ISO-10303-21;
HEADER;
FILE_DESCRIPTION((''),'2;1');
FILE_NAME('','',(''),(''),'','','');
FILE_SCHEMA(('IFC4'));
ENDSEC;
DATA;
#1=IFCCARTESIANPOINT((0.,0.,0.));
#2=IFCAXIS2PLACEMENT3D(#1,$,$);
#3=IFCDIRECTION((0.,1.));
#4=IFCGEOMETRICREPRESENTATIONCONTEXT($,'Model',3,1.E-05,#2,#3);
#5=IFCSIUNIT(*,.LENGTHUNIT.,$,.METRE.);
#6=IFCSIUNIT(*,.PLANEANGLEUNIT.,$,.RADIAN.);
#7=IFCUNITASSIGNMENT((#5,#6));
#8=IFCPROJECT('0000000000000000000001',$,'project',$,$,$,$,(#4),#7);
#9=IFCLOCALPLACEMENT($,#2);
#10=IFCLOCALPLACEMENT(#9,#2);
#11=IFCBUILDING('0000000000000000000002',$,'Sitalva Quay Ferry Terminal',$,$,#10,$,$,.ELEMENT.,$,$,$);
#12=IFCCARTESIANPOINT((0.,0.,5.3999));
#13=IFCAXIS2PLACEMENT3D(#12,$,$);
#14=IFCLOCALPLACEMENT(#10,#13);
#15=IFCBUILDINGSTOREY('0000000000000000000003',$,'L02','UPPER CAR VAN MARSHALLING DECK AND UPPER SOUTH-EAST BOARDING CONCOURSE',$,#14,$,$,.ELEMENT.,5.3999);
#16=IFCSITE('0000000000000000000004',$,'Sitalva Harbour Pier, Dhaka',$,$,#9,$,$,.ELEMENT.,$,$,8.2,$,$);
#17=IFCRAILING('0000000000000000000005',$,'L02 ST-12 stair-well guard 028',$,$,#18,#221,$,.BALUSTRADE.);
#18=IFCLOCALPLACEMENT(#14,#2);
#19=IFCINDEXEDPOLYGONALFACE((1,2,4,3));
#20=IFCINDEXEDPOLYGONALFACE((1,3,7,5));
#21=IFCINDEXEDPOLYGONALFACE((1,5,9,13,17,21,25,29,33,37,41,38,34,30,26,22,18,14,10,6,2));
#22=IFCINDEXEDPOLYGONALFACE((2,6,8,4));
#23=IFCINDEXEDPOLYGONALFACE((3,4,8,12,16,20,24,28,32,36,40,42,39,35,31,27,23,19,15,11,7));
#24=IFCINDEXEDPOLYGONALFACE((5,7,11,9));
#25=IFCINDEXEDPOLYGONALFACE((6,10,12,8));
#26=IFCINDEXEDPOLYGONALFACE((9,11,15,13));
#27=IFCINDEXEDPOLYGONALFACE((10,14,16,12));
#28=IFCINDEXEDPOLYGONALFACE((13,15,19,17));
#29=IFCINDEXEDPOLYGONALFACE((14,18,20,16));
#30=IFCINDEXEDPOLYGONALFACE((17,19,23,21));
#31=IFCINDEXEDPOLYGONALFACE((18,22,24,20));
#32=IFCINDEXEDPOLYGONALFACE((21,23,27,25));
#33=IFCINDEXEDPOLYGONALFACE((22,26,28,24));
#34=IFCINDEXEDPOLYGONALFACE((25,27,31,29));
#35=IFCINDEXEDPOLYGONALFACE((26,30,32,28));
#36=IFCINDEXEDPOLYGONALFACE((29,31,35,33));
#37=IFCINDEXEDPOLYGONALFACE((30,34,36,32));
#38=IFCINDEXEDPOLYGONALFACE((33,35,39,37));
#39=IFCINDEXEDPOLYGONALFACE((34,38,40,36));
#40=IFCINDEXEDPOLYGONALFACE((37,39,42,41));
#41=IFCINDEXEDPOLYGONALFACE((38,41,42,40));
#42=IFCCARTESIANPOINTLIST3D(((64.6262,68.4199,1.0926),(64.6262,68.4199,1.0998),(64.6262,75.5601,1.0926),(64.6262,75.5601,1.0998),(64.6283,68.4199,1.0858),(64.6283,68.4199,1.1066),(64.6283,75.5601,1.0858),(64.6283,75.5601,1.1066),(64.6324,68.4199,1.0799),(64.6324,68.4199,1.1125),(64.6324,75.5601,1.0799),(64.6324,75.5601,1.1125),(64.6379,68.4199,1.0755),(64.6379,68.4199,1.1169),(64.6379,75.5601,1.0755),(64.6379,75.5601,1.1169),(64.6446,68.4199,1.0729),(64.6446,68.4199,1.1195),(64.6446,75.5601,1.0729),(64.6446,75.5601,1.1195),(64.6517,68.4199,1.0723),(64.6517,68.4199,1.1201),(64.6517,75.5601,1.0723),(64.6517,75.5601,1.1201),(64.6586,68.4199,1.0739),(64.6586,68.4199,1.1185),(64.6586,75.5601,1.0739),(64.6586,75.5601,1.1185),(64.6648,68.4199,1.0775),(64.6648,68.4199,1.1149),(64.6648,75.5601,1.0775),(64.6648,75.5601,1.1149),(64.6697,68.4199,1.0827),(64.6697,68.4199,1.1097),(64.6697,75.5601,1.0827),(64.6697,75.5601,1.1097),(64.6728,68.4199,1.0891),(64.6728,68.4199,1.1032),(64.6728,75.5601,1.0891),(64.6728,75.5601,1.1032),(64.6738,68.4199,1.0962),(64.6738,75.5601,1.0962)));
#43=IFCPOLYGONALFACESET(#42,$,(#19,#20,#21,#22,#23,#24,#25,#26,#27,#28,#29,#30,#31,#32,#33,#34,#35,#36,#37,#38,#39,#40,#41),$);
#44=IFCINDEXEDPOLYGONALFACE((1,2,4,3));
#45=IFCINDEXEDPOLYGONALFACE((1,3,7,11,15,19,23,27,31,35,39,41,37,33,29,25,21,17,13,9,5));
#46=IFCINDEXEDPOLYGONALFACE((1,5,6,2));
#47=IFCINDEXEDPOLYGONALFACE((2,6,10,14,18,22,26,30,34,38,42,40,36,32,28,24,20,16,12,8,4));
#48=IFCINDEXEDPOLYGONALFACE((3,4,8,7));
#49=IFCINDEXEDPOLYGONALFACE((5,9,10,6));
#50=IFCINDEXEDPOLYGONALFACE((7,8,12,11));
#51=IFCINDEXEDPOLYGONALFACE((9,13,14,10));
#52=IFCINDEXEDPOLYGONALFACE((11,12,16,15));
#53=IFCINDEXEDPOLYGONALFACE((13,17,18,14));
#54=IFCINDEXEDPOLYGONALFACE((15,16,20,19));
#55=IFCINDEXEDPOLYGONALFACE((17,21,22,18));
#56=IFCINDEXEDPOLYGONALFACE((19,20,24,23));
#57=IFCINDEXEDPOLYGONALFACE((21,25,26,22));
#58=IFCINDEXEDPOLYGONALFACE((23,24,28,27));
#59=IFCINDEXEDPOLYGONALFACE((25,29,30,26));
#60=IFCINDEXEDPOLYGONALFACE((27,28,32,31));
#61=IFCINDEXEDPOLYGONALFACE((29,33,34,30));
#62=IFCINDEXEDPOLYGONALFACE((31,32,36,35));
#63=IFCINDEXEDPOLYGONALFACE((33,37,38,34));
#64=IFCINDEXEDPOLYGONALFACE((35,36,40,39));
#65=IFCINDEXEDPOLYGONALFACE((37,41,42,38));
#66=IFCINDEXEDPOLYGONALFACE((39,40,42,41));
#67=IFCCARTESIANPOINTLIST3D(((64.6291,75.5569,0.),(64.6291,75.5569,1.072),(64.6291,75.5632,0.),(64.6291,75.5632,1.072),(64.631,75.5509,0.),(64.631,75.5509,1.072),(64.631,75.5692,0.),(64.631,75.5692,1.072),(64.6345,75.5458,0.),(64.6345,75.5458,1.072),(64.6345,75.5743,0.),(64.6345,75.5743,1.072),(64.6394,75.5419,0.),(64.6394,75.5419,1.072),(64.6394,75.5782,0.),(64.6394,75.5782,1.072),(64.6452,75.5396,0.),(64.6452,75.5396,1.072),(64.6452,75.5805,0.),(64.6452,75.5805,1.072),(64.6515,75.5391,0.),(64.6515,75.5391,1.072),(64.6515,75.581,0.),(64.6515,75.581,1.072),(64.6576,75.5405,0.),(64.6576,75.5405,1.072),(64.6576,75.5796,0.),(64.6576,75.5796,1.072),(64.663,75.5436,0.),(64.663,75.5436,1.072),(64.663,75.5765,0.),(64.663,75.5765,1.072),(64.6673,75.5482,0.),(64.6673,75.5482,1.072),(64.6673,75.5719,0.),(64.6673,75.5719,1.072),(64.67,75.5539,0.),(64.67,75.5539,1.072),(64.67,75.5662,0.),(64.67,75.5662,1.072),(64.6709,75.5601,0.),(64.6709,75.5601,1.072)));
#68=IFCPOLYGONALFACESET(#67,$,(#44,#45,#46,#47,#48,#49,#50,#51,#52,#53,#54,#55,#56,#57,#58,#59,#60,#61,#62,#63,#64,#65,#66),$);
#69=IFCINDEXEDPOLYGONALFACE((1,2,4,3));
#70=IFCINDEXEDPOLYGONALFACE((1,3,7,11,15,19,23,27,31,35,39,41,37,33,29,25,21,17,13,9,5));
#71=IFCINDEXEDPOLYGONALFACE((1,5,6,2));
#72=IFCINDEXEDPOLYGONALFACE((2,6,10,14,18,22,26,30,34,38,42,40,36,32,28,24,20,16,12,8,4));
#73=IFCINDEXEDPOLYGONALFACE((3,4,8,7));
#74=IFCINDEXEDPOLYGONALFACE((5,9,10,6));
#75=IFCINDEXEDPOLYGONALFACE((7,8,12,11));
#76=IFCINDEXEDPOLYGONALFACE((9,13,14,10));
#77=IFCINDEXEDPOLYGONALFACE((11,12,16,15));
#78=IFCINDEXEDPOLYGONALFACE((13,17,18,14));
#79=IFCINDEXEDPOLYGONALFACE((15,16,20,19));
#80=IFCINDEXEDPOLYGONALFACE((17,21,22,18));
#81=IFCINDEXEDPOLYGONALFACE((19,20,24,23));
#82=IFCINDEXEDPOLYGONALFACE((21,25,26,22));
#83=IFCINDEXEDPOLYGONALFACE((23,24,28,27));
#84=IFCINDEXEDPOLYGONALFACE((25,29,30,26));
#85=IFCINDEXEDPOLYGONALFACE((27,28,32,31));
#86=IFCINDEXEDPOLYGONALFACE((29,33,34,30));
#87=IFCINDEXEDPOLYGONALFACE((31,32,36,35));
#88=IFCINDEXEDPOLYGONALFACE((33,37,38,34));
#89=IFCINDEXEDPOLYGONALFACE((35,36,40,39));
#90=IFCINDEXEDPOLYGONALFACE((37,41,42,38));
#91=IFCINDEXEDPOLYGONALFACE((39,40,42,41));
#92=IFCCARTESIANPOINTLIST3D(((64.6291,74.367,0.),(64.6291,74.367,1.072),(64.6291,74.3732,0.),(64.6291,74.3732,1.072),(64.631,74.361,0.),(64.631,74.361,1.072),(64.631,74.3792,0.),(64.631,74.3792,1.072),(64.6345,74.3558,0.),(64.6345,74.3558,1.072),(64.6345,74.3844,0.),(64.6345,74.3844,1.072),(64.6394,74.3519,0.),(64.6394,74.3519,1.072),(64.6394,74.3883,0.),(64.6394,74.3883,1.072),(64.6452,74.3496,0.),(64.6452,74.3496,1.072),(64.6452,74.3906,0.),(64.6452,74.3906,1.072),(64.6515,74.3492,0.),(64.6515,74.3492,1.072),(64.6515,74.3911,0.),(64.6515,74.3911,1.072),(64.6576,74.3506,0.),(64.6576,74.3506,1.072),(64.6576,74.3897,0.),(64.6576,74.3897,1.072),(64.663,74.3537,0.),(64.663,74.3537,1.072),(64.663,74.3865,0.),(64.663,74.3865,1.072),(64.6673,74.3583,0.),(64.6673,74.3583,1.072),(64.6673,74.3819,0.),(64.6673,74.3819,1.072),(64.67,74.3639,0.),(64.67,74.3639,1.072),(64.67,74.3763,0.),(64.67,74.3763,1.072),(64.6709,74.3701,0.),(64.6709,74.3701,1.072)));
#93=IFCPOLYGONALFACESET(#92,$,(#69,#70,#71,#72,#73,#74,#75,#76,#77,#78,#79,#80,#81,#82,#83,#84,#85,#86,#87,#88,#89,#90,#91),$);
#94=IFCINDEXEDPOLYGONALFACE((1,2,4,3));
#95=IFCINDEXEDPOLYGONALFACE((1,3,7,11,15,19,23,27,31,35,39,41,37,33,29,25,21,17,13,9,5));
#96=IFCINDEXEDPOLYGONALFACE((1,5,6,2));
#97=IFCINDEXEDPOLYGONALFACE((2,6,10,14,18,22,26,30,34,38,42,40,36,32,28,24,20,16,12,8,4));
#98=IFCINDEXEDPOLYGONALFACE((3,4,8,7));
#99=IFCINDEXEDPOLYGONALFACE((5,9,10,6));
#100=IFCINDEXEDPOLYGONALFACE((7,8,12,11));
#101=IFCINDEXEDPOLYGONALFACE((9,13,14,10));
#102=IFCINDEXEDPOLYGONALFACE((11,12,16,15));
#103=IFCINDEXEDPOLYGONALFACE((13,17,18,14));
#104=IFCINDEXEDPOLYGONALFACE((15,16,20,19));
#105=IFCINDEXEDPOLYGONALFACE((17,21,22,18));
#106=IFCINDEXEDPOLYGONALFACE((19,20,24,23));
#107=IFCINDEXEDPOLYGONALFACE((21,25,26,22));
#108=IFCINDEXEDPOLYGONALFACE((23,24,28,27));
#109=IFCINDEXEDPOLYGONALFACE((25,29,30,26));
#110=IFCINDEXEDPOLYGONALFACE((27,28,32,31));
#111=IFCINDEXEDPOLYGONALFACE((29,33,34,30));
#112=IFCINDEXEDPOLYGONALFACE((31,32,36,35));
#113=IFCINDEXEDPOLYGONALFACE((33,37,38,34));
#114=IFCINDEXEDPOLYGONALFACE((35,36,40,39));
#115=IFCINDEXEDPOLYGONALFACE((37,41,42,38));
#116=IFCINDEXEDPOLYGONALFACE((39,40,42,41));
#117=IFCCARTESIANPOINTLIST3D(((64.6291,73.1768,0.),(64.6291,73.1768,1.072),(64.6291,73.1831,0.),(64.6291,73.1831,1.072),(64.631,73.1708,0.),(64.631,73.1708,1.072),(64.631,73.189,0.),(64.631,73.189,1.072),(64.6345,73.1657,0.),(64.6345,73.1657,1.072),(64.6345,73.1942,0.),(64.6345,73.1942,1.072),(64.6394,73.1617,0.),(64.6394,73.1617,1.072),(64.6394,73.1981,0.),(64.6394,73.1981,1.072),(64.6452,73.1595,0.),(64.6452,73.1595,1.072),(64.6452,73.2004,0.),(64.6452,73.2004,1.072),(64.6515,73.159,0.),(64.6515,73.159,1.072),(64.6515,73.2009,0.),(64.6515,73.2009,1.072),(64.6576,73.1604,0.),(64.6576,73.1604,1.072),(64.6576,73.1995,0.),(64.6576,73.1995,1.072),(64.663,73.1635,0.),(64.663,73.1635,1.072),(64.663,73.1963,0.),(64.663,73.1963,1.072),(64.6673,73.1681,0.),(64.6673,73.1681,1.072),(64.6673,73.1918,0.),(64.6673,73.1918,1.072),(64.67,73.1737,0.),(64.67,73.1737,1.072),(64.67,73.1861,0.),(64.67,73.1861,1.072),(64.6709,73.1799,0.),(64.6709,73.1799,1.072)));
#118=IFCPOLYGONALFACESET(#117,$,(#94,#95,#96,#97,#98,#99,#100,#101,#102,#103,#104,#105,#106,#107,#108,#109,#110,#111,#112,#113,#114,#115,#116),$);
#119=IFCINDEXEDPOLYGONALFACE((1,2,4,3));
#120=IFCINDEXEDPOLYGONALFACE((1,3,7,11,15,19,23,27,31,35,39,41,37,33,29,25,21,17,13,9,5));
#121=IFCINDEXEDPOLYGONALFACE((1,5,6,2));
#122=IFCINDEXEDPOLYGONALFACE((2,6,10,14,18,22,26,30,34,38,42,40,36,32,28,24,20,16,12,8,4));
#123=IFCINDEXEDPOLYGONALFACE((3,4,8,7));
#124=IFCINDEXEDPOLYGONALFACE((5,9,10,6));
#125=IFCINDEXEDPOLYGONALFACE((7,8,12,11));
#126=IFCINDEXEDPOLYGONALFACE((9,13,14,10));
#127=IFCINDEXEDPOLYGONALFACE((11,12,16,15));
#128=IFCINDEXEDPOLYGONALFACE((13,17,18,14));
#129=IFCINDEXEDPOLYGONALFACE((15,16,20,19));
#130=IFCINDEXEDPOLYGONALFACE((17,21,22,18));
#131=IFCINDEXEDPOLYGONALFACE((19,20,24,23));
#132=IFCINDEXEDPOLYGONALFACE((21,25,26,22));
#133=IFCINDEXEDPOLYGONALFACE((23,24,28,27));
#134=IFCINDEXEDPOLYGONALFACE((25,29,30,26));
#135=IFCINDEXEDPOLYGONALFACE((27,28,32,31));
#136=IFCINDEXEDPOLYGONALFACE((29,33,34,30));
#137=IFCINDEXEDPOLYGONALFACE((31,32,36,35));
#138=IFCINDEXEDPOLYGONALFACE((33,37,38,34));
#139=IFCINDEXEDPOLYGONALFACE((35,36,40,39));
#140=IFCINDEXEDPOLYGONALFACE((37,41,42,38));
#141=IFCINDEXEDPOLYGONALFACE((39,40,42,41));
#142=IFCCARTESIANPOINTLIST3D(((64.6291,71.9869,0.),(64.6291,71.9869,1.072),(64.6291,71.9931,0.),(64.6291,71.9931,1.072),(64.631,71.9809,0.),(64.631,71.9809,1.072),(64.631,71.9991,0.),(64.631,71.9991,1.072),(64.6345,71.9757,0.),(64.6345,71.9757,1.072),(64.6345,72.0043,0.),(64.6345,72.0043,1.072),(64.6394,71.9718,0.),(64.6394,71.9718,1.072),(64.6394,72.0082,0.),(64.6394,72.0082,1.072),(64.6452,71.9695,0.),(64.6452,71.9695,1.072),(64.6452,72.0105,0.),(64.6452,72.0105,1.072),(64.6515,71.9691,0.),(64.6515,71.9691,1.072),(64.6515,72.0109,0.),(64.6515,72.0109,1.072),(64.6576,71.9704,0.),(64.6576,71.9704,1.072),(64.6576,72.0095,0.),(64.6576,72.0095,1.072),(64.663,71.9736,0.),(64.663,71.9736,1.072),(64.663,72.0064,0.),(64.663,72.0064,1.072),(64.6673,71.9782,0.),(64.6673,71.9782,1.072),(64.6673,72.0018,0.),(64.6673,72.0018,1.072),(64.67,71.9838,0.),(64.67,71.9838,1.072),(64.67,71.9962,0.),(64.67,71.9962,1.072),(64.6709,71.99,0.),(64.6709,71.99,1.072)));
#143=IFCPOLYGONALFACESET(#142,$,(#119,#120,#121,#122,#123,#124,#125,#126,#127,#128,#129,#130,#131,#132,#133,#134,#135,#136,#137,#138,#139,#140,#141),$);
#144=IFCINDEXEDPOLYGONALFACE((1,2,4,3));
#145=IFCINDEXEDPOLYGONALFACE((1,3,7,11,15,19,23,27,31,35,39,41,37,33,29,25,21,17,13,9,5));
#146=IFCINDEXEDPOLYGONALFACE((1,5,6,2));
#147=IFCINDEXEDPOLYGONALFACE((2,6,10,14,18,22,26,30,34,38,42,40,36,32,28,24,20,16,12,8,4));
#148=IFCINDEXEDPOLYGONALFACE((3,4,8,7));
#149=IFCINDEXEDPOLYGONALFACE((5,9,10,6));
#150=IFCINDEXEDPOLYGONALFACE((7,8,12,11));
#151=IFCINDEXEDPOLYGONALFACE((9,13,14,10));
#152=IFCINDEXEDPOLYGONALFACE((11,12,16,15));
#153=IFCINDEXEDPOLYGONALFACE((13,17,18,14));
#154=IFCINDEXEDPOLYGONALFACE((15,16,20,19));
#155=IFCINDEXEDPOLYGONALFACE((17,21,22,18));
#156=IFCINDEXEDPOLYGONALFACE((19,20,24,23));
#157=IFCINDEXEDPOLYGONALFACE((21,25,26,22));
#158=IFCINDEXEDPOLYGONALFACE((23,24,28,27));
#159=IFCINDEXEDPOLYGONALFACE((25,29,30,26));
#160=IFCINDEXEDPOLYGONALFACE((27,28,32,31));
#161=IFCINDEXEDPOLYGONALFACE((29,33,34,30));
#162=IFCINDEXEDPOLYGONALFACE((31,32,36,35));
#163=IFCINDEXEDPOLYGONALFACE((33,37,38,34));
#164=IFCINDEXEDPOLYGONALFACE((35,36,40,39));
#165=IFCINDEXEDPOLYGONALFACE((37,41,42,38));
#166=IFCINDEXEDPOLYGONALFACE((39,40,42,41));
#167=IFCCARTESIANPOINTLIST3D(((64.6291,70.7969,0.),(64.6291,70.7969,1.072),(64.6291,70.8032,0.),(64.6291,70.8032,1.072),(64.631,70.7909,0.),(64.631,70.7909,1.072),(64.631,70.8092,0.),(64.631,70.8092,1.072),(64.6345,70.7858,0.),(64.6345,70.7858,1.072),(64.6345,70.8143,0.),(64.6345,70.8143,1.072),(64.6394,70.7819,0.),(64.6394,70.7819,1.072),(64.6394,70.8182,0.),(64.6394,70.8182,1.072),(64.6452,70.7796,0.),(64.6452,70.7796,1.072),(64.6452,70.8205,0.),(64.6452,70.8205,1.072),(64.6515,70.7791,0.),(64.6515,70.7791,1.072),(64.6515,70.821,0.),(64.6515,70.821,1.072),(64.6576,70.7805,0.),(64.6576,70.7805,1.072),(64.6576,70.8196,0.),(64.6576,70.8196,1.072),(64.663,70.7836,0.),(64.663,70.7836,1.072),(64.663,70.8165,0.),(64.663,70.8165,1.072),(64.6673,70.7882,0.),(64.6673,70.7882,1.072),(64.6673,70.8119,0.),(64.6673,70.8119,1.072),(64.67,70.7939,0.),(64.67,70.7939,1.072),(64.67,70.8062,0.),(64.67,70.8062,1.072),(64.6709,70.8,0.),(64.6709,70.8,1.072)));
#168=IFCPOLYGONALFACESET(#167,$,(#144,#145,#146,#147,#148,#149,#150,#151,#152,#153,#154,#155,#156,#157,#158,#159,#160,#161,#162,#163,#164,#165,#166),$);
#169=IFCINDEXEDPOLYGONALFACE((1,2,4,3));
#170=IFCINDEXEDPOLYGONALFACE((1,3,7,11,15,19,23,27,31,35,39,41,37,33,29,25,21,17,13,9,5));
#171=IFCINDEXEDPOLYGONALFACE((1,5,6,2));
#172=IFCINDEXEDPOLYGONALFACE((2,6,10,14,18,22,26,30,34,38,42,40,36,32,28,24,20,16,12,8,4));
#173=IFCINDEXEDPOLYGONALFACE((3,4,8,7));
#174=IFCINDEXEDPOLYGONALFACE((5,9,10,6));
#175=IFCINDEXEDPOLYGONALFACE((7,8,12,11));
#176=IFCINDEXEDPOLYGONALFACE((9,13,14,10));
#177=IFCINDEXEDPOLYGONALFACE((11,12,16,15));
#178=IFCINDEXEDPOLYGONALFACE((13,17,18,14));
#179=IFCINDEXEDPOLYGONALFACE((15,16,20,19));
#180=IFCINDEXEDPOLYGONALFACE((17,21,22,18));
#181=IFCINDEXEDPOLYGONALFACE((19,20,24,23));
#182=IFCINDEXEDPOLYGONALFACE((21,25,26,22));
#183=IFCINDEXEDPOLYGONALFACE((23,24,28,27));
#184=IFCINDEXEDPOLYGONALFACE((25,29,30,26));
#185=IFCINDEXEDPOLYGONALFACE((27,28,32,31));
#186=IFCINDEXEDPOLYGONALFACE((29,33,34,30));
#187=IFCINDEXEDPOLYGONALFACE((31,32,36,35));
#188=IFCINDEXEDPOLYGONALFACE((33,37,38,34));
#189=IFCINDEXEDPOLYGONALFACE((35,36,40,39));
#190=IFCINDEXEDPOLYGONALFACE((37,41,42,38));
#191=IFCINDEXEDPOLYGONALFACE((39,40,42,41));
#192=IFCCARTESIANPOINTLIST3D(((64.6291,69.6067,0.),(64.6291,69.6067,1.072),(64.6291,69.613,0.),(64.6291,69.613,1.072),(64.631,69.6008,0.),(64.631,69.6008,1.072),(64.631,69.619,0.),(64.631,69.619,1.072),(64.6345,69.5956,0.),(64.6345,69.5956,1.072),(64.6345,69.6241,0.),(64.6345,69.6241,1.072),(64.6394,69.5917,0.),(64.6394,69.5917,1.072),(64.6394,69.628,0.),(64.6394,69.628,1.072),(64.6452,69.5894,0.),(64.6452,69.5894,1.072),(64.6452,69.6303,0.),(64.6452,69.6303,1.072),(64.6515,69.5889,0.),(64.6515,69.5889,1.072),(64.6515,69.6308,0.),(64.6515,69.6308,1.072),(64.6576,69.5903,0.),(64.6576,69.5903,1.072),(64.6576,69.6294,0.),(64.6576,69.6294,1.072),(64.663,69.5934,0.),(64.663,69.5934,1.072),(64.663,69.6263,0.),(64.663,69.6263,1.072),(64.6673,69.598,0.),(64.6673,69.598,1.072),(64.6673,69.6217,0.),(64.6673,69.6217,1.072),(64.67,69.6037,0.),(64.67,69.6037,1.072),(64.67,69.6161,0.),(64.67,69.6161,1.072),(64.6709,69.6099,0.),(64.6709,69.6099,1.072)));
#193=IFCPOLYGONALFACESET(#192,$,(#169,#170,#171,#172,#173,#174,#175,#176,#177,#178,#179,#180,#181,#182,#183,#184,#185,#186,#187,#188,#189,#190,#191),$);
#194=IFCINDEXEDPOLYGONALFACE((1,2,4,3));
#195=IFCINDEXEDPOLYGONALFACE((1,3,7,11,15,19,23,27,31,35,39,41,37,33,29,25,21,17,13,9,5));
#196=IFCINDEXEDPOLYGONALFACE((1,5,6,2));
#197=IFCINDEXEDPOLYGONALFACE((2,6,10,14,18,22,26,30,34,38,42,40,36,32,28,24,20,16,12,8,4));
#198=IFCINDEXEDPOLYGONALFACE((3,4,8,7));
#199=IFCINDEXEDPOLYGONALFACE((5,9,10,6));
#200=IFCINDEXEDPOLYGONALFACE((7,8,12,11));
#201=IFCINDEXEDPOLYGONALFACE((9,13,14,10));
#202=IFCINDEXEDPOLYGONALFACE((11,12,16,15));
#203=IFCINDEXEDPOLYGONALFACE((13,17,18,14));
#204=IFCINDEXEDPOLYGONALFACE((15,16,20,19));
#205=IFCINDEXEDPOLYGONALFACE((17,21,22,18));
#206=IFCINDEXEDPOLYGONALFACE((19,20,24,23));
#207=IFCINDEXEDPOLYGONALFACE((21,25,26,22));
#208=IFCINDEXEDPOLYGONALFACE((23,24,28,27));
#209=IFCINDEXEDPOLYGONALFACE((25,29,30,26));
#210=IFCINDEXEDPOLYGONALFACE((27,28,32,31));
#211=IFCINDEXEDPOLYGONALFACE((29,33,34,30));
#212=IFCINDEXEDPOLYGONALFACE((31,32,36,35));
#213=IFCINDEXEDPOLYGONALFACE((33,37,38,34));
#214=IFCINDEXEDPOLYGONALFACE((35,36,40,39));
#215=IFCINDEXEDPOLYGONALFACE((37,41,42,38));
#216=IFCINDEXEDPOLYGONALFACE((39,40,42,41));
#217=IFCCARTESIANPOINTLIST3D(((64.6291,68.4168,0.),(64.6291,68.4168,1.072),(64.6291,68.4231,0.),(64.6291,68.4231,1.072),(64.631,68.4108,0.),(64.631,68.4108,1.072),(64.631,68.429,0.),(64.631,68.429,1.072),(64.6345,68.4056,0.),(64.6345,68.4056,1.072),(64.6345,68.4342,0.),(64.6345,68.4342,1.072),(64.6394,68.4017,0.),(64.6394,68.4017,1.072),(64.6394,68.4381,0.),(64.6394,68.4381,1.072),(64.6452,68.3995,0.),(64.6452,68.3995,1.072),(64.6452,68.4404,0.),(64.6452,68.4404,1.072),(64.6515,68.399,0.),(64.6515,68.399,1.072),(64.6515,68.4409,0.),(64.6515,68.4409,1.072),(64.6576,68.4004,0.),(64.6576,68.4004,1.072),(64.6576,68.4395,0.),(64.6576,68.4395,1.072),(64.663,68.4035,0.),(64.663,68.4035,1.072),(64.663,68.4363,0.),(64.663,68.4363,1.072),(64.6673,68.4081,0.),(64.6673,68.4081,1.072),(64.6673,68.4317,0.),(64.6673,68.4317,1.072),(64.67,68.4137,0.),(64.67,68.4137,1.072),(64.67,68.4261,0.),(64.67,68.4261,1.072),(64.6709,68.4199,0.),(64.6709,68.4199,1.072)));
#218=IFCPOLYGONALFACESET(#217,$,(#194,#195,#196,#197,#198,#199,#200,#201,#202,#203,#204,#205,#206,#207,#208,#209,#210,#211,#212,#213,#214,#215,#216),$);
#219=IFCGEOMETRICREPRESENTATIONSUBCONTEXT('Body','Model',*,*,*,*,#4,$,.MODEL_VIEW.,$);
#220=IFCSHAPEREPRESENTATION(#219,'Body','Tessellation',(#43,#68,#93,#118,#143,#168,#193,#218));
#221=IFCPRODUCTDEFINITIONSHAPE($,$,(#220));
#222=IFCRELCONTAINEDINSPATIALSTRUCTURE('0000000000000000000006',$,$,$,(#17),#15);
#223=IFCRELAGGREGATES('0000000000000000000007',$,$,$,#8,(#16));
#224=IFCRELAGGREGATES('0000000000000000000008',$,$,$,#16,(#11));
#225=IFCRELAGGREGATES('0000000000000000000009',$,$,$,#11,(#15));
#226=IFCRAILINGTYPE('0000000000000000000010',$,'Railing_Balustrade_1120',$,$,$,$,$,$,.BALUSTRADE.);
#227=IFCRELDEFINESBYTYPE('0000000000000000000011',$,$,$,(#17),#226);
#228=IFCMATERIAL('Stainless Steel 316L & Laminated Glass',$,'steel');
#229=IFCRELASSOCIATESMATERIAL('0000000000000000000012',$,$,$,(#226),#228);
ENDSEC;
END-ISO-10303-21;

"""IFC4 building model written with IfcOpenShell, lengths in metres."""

from ifc_helpers import new_model, si_unit, direction, frame, origin, origin_2d, place, context, subcontext, project, spatial, circle, extrude, material, type_object, element, save


model = new_model("IFC4")

# Units and contexts
model_context = context("Model", 3, precision=1e-05, world=origin(), true_north=direction((0.0, 1.0)))
body_context = subcontext(model_context, "Body", "Model", "MODEL_VIEW")
ifc_project = project(units=[si_unit("LENGTHUNIT", "METRE"), si_unit("PLANEANGLEUNIT", "RADIAN")], contexts=[model_context])

# Site, building, storey
site_placement = place(None, origin())
site = spatial("IfcSite", under=ifc_project, at=site_placement, Name="Sitalva Harbour Pier, Dhaka", CompositionType="ELEMENT", RefElevation=8.2)
building_placement = place(site_placement, origin())
building = spatial("IfcBuilding", under=site, at=building_placement, Name="Sitalva Quay Ferry Terminal", CompositionType="ELEMENT")
storey_placement = place(building_placement, frame((0.0, 0.0, 5.3999)))
storey = spatial("IfcBuildingStorey", under=building, at=storey_placement, Name="L02", Description="UPPER CAR VAN MARSHALLING DECK AND UPPER SOUTH-EAST BOARDING CONCOURSE", CompositionType="ELEMENT", Elevation=5.3999)

# Railing
ifc_material_1 = material(Name="Stainless Steel 316L & Laminated Glass", Category="steel")
railing_type = type_object("IfcRailingType", Name="Railing_Balustrade_1120", PredefinedType="BALUSTRADE", material=ifc_material_1)
railing_1_placement = place(storey_placement, frame((64.6499, 75.5601, 0.0)))
element("IfcRailing", 1, at=railing_1_placement, inside=storey, type_object=railing_type, Name="L02 ST-12 stair-well guard 028", PredefinedType="BALUSTRADE", context=body_context, shape_type="SweptSolid", body=[
    extrude(circle(Radius=0.0239, at=origin_2d()), frame((0.0, 0.0, 1.0962), z_axis=(0.0, -1.0, 0.0), x_axis=(1.0, 0.0, 0.0)), (0.0, 0.0, 1.0), 7.1401),
    extrude(circle(Radius=0.021, at=origin_2d()), origin(), (0.0, 0.0, 1.0), 1.072),
    extrude(circle(Radius=0.021, at=origin_2d()), frame((0.0, -1.1899, 0.0)), (0.0, 0.0, 1.0), 1.072),
    extrude(circle(Radius=0.021, at=origin_2d()), frame((0.0, -2.3801, 0.0)), (0.0, 0.0, 1.0), 1.072),
    extrude(circle(Radius=0.021, at=origin_2d()), frame((0.0, -3.5701, 0.0)), (0.0, 0.0, 1.0), 1.072),
    extrude(circle(Radius=0.021, at=origin_2d()), frame((0.0, -4.76, 0.0)), (0.0, 0.0, 1.0), 1.072),
    extrude(circle(Radius=0.021, at=origin_2d()), frame((0.0, -5.9502, 0.0)), (0.0, 0.0, 1.0), 1.072),
    extrude(circle(Radius=0.021, at=origin_2d()), frame((0.0, -7.1401, 0.0)), (0.0, 0.0, 1.0), 1.072),
])

save(model, "model.ifc")
